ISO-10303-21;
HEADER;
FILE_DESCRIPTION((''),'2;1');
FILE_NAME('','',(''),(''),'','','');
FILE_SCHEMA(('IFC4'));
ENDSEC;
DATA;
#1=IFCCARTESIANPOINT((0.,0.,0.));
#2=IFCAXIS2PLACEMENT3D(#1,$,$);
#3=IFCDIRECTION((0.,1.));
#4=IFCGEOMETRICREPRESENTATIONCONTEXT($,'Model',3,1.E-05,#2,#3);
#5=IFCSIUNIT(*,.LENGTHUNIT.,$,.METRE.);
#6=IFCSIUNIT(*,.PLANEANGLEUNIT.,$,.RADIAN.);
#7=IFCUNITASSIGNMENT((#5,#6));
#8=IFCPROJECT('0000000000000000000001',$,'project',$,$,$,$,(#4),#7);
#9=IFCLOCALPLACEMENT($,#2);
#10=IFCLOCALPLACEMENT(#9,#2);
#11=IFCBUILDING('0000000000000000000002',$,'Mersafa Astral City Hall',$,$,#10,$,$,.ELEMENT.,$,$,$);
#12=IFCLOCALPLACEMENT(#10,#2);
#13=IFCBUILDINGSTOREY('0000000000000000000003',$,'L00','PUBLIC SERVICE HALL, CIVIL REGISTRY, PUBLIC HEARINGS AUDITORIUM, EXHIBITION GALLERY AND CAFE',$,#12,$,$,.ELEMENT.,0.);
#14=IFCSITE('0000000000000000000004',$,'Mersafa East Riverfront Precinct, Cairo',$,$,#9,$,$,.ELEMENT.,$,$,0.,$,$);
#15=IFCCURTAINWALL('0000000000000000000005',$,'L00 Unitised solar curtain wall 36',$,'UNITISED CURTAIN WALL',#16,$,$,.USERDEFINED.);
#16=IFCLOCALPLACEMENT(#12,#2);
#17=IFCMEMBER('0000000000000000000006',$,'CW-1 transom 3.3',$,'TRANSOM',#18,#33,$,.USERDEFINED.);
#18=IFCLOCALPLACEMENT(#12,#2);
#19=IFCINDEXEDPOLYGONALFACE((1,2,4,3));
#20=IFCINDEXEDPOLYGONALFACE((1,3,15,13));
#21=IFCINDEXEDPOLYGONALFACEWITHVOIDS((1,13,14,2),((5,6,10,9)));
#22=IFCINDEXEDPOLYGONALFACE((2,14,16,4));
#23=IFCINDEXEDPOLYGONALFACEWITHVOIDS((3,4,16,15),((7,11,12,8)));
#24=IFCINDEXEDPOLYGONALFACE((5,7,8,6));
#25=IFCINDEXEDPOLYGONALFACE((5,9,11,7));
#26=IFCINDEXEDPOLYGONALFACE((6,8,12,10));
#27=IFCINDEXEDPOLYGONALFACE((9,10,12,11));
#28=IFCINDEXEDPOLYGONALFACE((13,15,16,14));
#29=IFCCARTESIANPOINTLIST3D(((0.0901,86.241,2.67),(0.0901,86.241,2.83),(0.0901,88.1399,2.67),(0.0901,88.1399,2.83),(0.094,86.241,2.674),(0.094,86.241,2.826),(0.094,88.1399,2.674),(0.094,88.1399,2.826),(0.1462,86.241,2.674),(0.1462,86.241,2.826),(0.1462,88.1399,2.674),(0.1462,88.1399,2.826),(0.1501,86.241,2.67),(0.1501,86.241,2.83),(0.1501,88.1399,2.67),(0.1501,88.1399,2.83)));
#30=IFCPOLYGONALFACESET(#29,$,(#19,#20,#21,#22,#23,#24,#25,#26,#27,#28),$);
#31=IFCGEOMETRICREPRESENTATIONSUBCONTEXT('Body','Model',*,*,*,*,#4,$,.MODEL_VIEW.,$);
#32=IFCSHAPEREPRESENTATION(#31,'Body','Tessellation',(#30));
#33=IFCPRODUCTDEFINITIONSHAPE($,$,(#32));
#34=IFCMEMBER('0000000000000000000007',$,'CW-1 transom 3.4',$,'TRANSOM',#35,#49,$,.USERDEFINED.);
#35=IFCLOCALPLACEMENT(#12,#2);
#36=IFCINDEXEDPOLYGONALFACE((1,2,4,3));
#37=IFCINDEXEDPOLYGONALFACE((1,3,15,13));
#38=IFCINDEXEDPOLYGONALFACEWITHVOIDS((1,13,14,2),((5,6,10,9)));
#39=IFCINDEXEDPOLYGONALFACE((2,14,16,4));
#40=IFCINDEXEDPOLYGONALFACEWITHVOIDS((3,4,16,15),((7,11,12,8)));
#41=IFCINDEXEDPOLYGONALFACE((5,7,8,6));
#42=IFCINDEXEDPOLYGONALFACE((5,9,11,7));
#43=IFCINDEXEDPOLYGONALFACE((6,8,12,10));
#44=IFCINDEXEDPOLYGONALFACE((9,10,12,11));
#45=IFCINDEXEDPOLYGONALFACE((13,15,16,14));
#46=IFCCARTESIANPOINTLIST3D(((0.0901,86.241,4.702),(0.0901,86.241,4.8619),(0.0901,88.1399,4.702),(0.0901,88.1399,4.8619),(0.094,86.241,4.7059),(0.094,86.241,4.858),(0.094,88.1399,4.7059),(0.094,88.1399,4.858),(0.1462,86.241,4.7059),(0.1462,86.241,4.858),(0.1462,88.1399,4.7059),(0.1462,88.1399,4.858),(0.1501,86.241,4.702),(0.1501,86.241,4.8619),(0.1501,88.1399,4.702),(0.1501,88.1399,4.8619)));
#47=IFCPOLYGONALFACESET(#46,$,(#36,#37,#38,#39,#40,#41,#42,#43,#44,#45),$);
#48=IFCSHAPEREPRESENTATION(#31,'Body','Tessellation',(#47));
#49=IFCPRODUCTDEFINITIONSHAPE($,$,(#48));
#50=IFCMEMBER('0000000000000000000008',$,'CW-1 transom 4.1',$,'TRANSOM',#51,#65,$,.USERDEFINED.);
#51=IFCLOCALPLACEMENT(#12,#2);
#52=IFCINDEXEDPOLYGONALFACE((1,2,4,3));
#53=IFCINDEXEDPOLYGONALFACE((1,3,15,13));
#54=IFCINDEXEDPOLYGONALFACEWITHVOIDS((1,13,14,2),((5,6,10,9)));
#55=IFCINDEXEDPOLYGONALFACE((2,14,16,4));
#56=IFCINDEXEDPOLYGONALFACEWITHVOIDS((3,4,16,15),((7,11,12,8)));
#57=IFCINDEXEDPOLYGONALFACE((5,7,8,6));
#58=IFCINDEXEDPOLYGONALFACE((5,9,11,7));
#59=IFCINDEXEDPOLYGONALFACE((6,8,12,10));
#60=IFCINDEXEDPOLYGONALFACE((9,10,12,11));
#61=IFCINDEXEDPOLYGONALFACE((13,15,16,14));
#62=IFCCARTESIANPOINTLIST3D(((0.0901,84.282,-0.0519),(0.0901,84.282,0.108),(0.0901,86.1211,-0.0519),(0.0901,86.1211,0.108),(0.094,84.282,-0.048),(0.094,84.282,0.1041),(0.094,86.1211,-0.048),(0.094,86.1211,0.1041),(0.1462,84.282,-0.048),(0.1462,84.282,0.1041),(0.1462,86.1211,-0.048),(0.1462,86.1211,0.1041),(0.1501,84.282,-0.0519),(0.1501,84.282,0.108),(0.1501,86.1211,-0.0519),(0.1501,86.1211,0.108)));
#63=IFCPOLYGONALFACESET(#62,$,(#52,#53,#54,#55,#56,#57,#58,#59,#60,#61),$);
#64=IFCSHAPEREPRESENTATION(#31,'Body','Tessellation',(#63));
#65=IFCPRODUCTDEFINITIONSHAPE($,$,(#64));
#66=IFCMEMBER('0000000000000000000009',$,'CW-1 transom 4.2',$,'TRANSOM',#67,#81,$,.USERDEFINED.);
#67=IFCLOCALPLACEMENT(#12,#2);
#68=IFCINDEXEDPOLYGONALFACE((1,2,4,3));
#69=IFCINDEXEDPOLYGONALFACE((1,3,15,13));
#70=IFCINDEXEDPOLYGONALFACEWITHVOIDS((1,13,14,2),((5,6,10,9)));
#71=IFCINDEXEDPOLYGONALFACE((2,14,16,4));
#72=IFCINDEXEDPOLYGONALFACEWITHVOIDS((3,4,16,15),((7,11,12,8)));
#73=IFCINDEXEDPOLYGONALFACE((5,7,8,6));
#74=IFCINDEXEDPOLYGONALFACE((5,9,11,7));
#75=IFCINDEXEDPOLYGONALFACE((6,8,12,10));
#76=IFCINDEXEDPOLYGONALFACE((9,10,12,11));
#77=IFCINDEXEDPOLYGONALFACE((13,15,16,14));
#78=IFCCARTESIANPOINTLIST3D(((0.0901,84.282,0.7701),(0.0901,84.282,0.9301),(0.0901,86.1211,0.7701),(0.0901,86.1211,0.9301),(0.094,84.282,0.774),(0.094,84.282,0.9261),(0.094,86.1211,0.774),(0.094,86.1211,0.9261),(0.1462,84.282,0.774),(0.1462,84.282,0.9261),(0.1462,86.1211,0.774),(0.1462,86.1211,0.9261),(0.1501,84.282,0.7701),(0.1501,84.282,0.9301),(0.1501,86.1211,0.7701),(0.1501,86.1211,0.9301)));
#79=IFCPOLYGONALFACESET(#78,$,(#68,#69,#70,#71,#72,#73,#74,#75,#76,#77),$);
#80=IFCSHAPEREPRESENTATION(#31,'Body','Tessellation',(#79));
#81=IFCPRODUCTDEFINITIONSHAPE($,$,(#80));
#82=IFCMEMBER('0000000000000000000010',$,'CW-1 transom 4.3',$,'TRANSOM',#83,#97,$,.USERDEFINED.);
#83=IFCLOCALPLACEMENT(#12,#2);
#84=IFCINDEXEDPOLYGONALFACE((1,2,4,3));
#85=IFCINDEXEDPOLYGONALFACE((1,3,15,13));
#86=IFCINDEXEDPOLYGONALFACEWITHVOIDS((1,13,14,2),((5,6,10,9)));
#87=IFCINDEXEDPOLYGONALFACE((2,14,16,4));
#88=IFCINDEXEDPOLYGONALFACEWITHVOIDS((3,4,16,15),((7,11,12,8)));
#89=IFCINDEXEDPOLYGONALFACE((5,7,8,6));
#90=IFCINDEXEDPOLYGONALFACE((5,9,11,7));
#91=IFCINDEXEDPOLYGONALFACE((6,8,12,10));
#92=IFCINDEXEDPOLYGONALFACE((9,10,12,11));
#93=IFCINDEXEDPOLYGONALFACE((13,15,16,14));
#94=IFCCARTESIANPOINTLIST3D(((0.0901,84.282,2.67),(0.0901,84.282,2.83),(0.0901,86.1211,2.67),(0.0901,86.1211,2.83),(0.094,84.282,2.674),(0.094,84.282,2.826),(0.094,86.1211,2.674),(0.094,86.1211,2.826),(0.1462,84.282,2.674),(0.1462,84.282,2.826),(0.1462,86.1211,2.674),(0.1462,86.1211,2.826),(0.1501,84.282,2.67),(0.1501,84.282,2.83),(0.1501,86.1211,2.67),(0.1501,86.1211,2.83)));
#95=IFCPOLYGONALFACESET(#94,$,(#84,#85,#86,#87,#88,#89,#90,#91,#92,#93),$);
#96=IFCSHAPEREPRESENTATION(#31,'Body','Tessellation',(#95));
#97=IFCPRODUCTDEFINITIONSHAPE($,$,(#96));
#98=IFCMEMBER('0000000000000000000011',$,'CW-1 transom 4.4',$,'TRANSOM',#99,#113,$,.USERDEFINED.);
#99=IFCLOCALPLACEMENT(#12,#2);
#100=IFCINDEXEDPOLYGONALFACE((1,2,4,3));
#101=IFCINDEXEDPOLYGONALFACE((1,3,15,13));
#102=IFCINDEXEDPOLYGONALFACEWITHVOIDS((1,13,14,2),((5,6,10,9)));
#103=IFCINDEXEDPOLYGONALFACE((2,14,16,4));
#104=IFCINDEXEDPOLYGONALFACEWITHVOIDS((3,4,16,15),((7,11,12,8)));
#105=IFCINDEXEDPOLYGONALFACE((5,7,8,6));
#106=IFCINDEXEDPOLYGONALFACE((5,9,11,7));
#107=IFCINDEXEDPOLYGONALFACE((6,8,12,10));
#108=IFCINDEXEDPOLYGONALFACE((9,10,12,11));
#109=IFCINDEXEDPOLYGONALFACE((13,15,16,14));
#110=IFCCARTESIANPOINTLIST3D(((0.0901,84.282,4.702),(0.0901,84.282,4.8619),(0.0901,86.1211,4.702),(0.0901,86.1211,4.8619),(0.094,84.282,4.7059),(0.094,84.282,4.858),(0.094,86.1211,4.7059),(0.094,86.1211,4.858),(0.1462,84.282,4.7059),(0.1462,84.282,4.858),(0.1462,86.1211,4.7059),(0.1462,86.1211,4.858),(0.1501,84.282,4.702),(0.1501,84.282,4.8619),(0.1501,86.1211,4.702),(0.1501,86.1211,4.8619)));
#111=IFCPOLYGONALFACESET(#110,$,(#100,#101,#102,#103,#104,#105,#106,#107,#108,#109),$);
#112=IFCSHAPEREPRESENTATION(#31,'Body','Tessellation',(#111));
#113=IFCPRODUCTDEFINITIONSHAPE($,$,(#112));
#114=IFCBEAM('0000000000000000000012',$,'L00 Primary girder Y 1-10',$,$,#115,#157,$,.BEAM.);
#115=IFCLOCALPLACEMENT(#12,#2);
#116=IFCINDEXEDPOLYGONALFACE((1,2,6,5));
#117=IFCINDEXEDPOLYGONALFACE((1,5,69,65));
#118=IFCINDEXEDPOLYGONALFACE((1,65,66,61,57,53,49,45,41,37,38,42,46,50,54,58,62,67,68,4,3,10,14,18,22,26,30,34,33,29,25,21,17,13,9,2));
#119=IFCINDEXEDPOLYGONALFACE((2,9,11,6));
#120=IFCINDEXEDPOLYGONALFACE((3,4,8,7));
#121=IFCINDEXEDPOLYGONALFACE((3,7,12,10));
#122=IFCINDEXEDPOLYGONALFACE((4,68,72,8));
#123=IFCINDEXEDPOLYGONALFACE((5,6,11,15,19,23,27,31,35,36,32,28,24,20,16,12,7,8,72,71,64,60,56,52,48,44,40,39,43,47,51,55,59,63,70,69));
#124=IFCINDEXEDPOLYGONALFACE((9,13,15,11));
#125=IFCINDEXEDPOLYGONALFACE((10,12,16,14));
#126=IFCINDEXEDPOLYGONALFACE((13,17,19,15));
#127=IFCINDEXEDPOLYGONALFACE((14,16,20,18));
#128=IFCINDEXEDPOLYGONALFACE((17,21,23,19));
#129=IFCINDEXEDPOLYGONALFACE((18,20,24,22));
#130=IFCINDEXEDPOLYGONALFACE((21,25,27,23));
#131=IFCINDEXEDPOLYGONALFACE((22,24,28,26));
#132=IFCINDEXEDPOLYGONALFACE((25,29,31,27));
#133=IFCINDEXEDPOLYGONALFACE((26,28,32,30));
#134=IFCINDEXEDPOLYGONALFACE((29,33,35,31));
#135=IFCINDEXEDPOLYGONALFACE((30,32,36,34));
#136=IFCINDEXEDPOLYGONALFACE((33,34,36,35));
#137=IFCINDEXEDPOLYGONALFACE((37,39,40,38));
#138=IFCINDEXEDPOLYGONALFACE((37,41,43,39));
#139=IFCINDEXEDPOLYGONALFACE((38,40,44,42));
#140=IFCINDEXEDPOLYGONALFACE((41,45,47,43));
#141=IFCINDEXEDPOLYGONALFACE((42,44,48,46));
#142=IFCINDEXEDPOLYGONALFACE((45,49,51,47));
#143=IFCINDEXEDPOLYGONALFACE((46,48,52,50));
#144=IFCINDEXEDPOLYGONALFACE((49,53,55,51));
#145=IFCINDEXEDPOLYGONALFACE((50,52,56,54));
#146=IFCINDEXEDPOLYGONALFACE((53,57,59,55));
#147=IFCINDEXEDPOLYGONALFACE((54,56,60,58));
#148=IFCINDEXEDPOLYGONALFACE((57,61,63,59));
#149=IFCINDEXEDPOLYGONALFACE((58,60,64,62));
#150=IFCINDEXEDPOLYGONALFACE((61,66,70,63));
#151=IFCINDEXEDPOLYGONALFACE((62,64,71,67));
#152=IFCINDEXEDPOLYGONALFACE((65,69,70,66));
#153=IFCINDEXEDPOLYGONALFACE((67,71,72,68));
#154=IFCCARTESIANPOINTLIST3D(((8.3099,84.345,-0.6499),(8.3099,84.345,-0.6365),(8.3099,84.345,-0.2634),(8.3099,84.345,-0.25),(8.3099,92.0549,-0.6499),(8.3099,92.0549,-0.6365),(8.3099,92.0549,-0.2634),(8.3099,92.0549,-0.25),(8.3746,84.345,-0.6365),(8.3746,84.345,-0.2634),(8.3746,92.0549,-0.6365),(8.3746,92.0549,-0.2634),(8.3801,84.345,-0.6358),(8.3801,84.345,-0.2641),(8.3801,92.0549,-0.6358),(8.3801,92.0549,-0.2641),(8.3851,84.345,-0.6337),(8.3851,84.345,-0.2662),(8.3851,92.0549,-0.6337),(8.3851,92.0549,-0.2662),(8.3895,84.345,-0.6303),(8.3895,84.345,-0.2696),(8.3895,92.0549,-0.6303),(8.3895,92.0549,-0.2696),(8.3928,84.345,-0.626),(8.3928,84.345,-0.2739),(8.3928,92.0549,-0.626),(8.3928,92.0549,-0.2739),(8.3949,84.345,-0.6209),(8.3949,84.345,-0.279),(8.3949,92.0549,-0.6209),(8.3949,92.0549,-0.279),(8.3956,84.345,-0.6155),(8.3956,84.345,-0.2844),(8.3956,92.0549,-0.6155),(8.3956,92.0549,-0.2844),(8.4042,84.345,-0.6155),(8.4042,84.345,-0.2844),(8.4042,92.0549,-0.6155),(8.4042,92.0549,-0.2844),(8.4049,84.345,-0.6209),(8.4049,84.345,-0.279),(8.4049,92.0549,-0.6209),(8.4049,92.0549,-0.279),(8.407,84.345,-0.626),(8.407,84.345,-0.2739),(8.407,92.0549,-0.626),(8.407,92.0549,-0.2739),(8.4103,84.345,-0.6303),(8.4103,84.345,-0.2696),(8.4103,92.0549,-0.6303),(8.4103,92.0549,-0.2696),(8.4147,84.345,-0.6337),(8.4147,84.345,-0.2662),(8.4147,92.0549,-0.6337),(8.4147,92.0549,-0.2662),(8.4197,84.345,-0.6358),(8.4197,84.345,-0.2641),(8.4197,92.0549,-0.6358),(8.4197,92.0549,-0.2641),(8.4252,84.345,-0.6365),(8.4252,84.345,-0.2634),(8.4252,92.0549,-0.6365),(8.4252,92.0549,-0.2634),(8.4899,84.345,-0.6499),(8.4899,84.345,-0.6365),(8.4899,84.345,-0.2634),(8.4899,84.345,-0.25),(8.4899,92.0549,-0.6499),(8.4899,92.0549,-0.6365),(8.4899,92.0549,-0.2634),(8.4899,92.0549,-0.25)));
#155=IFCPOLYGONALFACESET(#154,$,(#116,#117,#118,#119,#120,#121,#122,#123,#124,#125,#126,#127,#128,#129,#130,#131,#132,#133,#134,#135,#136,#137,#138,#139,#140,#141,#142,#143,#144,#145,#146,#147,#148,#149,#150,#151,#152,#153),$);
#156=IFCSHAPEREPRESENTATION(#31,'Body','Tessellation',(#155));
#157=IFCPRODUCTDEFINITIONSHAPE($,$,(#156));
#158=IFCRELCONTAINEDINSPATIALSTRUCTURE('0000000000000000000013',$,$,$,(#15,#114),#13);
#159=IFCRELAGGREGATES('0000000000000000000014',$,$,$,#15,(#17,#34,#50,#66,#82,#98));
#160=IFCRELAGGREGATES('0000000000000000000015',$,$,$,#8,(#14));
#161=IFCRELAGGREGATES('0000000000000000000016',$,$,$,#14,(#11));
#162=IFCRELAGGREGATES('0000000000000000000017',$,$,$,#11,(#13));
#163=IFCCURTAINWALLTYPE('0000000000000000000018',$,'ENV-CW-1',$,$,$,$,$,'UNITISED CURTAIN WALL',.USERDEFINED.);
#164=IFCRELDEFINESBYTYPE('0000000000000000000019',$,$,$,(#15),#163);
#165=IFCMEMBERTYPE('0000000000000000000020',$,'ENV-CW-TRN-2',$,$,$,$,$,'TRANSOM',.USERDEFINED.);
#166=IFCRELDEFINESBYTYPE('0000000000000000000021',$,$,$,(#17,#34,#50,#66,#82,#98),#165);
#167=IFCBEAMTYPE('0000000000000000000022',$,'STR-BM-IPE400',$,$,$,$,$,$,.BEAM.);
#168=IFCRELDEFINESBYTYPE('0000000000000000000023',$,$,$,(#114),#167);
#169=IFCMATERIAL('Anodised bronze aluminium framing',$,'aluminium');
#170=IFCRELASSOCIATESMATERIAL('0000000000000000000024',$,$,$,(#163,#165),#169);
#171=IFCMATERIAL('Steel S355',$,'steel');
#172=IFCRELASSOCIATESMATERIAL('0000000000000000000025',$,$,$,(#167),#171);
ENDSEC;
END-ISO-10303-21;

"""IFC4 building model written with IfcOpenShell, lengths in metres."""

from ifc_helpers import new_model, si_unit, direction, frame, origin, origin_2d, place, context, subcontext, project, spatial, hollow_rectangle, i_section, extrude, material, material_profile, profile_set, type_object, element, aggregate, save


model = new_model("IFC4")

# Units and contexts
model_context = context("Model", 3, precision=1e-05, world=origin(), true_north=direction((0.0, 1.0)))
body_context = subcontext(model_context, "Body", "Model", "MODEL_VIEW")
ifc_project = project(units=[si_unit("LENGTHUNIT", "METRE"), si_unit("PLANEANGLEUNIT", "RADIAN")], contexts=[model_context])

# Site, building, storey
site_placement = place(None, origin())
site = spatial("IfcSite", under=ifc_project, at=site_placement, Name="Mersafa East Riverfront Precinct, Cairo", CompositionType="ELEMENT", RefElevation=0.0)
building_placement = place(site_placement, origin())
building = spatial("IfcBuilding", under=site, at=building_placement, Name="Mersafa Astral City Hall", CompositionType="ELEMENT")
storey_placement = place(building_placement, origin())
storey = spatial("IfcBuildingStorey", under=building, at=storey_placement, Name="L00", Description="PUBLIC SERVICE HALL, CIVIL REGISTRY, PUBLIC HEARINGS AUDITORIUM, EXHIBITION GALLERY AND CAFE", CompositionType="ELEMENT", Elevation=0.0)

# Shared definitions
ifc_material_1 = material(Name="Steel S355", Category="steel")

# Curtain wall
ifc_material_2 = material(Name="Anodised bronze aluminium framing", Category="aluminium")
curtain_wall_type_1 = type_object("IfcCurtainWallType", Name="ENV-CW-1", ElementType="UNITISED CURTAIN WALL", PredefinedType="USERDEFINED", material=ifc_material_2)
curtain_wall_1_placement = place(storey_placement, origin())
curtain_wall_1 = element("IfcCurtainWall", 1, at=curtain_wall_1_placement, inside=storey, type_object=curtain_wall_type_1, Name="L00 Unitised solar curtain wall 36", ObjectType="UNITISED CURTAIN WALL", PredefinedType="USERDEFINED")

# Members
ifc_material_profile_1 = material_profile(ifc_material_2, hollow_rectangle(XDim=0.0601, YDim=0.1599, WallThickness=0.0039, at=origin_2d()), Name="RHS 60x160x4")
ifc_profile_set_1 = profile_set([ifc_material_profile_1], Name="Anodised bronze aluminium framing")
member_type_1 = type_object("IfcMemberType", Name="ENV-CW-TRN-2", ElementType="TRANSOM", PredefinedType="USERDEFINED", material=ifc_profile_set_1)
member_1_placement = place(storey_placement, frame((0.1201, 88.1399, 2.75), z_axis=(0.0, -1.0, 0.0), x_axis=(1.0, 0.0, 0.0)))
member_1 = element("IfcMember", 2, at=member_1_placement, type_object=member_type_1, Name="CW-1 transom 3.3", ObjectType="TRANSOM", PredefinedType="USERDEFINED", context=body_context, shape_type="SweptSolid", body=[
    extrude(hollow_rectangle(XDim=0.0601, YDim=0.1599, WallThickness=0.0039, at=origin_2d()), origin(), (0.0, 0.0, 1.0), 1.8989),
])
member_2_placement = place(storey_placement, frame((0.1201, 88.1399, 4.782), z_axis=(0.0, -1.0, 0.0), x_axis=(1.0, 0.0, 0.0)))
member_2 = element("IfcMember", 3, at=member_2_placement, type_object=member_type_1, Name="CW-1 transom 3.4", ObjectType="TRANSOM", PredefinedType="USERDEFINED", context=body_context, shape_type="SweptSolid", body=[
    extrude(hollow_rectangle(XDim=0.0601, YDim=0.1599, WallThickness=0.0039, at=origin_2d()), origin(), (0.0, 0.0, 1.0), 1.8989),
])
member_3_placement = place(storey_placement, frame((0.1201, 86.1211, 0.0281), z_axis=(0.0, -1.0, 0.0), x_axis=(1.0, 0.0, 0.0)))
member_3 = element("IfcMember", 4, at=member_3_placement, type_object=member_type_1, Name="CW-1 transom 4.1", ObjectType="TRANSOM", PredefinedType="USERDEFINED", context=body_context, shape_type="SweptSolid", body=[
    extrude(hollow_rectangle(XDim=0.0601, YDim=0.1599, WallThickness=0.0039, at=origin_2d()), origin(), (0.0, 0.0, 1.0), 1.8391),
])
member_4_placement = place(storey_placement, frame((0.1201, 86.1211, 0.8501), z_axis=(0.0, -1.0, 0.0), x_axis=(1.0, 0.0, 0.0)))
member_4 = element("IfcMember", 5, at=member_4_placement, type_object=member_type_1, Name="CW-1 transom 4.2", ObjectType="TRANSOM", PredefinedType="USERDEFINED", context=body_context, shape_type="SweptSolid", body=[
    extrude(hollow_rectangle(XDim=0.0601, YDim=0.1599, WallThickness=0.0039, at=origin_2d()), origin(), (0.0, 0.0, 1.0), 1.8391),
])
member_5_placement = place(storey_placement, frame((0.1201, 86.1211, 2.75), z_axis=(0.0, -1.0, 0.0), x_axis=(1.0, 0.0, 0.0)))
member_5 = element("IfcMember", 6, at=member_5_placement, type_object=member_type_1, Name="CW-1 transom 4.3", ObjectType="TRANSOM", PredefinedType="USERDEFINED", context=body_context, shape_type="SweptSolid", body=[
    extrude(hollow_rectangle(XDim=0.0601, YDim=0.1599, WallThickness=0.0039, at=origin_2d()), origin(), (0.0, 0.0, 1.0), 1.8391),
])
member_6_placement = place(storey_placement, frame((0.1201, 86.1211, 4.782), z_axis=(0.0, -1.0, 0.0), x_axis=(1.0, 0.0, 0.0)))
member_6 = element("IfcMember", 7, at=member_6_placement, type_object=member_type_1, Name="CW-1 transom 4.4", ObjectType="TRANSOM", PredefinedType="USERDEFINED", context=body_context, shape_type="SweptSolid", body=[
    extrude(hollow_rectangle(XDim=0.0601, YDim=0.1599, WallThickness=0.0039, at=origin_2d()), origin(), (0.0, 0.0, 1.0), 1.8391),
])

# Beam
ifc_material_profile_2 = material_profile(ifc_material_1, i_section(OverallWidth=0.1799, OverallDepth=0.3999, WebThickness=0.0085, FlangeThickness=0.0134, FilletRadius=0.021, at=origin_2d()), Name="IPE 400")
ifc_profile_set_2 = profile_set([ifc_material_profile_2], Name="Steel S355")
beam_type_1 = type_object("IfcBeamType", Name="STR-BM-IPE400", PredefinedType="BEAM", material=ifc_profile_set_2)
beam_1_placement = place(storey_placement, frame((8.3999, 84.345, -0.45), z_axis=(0.0, 1.0, 0.0), x_axis=(-1.0, 0.0, 0.0)))
element("IfcBeam", 8, at=beam_1_placement, inside=storey, type_object=beam_type_1, Name="L00 Primary girder Y 1-10", PredefinedType="BEAM", context=body_context, shape_type="SweptSolid", body=[
    extrude(i_section(OverallWidth=0.1799, OverallDepth=0.3999, WebThickness=0.0085, FlangeThickness=0.0134, FilletRadius=0.021, at=origin_2d()), origin(), (0.0, 0.0, 1.0), 7.71),
])

aggregate(curtain_wall_1, [member_1, member_2, member_3, member_4, member_5, member_6])

save(model, "model.ifc")
